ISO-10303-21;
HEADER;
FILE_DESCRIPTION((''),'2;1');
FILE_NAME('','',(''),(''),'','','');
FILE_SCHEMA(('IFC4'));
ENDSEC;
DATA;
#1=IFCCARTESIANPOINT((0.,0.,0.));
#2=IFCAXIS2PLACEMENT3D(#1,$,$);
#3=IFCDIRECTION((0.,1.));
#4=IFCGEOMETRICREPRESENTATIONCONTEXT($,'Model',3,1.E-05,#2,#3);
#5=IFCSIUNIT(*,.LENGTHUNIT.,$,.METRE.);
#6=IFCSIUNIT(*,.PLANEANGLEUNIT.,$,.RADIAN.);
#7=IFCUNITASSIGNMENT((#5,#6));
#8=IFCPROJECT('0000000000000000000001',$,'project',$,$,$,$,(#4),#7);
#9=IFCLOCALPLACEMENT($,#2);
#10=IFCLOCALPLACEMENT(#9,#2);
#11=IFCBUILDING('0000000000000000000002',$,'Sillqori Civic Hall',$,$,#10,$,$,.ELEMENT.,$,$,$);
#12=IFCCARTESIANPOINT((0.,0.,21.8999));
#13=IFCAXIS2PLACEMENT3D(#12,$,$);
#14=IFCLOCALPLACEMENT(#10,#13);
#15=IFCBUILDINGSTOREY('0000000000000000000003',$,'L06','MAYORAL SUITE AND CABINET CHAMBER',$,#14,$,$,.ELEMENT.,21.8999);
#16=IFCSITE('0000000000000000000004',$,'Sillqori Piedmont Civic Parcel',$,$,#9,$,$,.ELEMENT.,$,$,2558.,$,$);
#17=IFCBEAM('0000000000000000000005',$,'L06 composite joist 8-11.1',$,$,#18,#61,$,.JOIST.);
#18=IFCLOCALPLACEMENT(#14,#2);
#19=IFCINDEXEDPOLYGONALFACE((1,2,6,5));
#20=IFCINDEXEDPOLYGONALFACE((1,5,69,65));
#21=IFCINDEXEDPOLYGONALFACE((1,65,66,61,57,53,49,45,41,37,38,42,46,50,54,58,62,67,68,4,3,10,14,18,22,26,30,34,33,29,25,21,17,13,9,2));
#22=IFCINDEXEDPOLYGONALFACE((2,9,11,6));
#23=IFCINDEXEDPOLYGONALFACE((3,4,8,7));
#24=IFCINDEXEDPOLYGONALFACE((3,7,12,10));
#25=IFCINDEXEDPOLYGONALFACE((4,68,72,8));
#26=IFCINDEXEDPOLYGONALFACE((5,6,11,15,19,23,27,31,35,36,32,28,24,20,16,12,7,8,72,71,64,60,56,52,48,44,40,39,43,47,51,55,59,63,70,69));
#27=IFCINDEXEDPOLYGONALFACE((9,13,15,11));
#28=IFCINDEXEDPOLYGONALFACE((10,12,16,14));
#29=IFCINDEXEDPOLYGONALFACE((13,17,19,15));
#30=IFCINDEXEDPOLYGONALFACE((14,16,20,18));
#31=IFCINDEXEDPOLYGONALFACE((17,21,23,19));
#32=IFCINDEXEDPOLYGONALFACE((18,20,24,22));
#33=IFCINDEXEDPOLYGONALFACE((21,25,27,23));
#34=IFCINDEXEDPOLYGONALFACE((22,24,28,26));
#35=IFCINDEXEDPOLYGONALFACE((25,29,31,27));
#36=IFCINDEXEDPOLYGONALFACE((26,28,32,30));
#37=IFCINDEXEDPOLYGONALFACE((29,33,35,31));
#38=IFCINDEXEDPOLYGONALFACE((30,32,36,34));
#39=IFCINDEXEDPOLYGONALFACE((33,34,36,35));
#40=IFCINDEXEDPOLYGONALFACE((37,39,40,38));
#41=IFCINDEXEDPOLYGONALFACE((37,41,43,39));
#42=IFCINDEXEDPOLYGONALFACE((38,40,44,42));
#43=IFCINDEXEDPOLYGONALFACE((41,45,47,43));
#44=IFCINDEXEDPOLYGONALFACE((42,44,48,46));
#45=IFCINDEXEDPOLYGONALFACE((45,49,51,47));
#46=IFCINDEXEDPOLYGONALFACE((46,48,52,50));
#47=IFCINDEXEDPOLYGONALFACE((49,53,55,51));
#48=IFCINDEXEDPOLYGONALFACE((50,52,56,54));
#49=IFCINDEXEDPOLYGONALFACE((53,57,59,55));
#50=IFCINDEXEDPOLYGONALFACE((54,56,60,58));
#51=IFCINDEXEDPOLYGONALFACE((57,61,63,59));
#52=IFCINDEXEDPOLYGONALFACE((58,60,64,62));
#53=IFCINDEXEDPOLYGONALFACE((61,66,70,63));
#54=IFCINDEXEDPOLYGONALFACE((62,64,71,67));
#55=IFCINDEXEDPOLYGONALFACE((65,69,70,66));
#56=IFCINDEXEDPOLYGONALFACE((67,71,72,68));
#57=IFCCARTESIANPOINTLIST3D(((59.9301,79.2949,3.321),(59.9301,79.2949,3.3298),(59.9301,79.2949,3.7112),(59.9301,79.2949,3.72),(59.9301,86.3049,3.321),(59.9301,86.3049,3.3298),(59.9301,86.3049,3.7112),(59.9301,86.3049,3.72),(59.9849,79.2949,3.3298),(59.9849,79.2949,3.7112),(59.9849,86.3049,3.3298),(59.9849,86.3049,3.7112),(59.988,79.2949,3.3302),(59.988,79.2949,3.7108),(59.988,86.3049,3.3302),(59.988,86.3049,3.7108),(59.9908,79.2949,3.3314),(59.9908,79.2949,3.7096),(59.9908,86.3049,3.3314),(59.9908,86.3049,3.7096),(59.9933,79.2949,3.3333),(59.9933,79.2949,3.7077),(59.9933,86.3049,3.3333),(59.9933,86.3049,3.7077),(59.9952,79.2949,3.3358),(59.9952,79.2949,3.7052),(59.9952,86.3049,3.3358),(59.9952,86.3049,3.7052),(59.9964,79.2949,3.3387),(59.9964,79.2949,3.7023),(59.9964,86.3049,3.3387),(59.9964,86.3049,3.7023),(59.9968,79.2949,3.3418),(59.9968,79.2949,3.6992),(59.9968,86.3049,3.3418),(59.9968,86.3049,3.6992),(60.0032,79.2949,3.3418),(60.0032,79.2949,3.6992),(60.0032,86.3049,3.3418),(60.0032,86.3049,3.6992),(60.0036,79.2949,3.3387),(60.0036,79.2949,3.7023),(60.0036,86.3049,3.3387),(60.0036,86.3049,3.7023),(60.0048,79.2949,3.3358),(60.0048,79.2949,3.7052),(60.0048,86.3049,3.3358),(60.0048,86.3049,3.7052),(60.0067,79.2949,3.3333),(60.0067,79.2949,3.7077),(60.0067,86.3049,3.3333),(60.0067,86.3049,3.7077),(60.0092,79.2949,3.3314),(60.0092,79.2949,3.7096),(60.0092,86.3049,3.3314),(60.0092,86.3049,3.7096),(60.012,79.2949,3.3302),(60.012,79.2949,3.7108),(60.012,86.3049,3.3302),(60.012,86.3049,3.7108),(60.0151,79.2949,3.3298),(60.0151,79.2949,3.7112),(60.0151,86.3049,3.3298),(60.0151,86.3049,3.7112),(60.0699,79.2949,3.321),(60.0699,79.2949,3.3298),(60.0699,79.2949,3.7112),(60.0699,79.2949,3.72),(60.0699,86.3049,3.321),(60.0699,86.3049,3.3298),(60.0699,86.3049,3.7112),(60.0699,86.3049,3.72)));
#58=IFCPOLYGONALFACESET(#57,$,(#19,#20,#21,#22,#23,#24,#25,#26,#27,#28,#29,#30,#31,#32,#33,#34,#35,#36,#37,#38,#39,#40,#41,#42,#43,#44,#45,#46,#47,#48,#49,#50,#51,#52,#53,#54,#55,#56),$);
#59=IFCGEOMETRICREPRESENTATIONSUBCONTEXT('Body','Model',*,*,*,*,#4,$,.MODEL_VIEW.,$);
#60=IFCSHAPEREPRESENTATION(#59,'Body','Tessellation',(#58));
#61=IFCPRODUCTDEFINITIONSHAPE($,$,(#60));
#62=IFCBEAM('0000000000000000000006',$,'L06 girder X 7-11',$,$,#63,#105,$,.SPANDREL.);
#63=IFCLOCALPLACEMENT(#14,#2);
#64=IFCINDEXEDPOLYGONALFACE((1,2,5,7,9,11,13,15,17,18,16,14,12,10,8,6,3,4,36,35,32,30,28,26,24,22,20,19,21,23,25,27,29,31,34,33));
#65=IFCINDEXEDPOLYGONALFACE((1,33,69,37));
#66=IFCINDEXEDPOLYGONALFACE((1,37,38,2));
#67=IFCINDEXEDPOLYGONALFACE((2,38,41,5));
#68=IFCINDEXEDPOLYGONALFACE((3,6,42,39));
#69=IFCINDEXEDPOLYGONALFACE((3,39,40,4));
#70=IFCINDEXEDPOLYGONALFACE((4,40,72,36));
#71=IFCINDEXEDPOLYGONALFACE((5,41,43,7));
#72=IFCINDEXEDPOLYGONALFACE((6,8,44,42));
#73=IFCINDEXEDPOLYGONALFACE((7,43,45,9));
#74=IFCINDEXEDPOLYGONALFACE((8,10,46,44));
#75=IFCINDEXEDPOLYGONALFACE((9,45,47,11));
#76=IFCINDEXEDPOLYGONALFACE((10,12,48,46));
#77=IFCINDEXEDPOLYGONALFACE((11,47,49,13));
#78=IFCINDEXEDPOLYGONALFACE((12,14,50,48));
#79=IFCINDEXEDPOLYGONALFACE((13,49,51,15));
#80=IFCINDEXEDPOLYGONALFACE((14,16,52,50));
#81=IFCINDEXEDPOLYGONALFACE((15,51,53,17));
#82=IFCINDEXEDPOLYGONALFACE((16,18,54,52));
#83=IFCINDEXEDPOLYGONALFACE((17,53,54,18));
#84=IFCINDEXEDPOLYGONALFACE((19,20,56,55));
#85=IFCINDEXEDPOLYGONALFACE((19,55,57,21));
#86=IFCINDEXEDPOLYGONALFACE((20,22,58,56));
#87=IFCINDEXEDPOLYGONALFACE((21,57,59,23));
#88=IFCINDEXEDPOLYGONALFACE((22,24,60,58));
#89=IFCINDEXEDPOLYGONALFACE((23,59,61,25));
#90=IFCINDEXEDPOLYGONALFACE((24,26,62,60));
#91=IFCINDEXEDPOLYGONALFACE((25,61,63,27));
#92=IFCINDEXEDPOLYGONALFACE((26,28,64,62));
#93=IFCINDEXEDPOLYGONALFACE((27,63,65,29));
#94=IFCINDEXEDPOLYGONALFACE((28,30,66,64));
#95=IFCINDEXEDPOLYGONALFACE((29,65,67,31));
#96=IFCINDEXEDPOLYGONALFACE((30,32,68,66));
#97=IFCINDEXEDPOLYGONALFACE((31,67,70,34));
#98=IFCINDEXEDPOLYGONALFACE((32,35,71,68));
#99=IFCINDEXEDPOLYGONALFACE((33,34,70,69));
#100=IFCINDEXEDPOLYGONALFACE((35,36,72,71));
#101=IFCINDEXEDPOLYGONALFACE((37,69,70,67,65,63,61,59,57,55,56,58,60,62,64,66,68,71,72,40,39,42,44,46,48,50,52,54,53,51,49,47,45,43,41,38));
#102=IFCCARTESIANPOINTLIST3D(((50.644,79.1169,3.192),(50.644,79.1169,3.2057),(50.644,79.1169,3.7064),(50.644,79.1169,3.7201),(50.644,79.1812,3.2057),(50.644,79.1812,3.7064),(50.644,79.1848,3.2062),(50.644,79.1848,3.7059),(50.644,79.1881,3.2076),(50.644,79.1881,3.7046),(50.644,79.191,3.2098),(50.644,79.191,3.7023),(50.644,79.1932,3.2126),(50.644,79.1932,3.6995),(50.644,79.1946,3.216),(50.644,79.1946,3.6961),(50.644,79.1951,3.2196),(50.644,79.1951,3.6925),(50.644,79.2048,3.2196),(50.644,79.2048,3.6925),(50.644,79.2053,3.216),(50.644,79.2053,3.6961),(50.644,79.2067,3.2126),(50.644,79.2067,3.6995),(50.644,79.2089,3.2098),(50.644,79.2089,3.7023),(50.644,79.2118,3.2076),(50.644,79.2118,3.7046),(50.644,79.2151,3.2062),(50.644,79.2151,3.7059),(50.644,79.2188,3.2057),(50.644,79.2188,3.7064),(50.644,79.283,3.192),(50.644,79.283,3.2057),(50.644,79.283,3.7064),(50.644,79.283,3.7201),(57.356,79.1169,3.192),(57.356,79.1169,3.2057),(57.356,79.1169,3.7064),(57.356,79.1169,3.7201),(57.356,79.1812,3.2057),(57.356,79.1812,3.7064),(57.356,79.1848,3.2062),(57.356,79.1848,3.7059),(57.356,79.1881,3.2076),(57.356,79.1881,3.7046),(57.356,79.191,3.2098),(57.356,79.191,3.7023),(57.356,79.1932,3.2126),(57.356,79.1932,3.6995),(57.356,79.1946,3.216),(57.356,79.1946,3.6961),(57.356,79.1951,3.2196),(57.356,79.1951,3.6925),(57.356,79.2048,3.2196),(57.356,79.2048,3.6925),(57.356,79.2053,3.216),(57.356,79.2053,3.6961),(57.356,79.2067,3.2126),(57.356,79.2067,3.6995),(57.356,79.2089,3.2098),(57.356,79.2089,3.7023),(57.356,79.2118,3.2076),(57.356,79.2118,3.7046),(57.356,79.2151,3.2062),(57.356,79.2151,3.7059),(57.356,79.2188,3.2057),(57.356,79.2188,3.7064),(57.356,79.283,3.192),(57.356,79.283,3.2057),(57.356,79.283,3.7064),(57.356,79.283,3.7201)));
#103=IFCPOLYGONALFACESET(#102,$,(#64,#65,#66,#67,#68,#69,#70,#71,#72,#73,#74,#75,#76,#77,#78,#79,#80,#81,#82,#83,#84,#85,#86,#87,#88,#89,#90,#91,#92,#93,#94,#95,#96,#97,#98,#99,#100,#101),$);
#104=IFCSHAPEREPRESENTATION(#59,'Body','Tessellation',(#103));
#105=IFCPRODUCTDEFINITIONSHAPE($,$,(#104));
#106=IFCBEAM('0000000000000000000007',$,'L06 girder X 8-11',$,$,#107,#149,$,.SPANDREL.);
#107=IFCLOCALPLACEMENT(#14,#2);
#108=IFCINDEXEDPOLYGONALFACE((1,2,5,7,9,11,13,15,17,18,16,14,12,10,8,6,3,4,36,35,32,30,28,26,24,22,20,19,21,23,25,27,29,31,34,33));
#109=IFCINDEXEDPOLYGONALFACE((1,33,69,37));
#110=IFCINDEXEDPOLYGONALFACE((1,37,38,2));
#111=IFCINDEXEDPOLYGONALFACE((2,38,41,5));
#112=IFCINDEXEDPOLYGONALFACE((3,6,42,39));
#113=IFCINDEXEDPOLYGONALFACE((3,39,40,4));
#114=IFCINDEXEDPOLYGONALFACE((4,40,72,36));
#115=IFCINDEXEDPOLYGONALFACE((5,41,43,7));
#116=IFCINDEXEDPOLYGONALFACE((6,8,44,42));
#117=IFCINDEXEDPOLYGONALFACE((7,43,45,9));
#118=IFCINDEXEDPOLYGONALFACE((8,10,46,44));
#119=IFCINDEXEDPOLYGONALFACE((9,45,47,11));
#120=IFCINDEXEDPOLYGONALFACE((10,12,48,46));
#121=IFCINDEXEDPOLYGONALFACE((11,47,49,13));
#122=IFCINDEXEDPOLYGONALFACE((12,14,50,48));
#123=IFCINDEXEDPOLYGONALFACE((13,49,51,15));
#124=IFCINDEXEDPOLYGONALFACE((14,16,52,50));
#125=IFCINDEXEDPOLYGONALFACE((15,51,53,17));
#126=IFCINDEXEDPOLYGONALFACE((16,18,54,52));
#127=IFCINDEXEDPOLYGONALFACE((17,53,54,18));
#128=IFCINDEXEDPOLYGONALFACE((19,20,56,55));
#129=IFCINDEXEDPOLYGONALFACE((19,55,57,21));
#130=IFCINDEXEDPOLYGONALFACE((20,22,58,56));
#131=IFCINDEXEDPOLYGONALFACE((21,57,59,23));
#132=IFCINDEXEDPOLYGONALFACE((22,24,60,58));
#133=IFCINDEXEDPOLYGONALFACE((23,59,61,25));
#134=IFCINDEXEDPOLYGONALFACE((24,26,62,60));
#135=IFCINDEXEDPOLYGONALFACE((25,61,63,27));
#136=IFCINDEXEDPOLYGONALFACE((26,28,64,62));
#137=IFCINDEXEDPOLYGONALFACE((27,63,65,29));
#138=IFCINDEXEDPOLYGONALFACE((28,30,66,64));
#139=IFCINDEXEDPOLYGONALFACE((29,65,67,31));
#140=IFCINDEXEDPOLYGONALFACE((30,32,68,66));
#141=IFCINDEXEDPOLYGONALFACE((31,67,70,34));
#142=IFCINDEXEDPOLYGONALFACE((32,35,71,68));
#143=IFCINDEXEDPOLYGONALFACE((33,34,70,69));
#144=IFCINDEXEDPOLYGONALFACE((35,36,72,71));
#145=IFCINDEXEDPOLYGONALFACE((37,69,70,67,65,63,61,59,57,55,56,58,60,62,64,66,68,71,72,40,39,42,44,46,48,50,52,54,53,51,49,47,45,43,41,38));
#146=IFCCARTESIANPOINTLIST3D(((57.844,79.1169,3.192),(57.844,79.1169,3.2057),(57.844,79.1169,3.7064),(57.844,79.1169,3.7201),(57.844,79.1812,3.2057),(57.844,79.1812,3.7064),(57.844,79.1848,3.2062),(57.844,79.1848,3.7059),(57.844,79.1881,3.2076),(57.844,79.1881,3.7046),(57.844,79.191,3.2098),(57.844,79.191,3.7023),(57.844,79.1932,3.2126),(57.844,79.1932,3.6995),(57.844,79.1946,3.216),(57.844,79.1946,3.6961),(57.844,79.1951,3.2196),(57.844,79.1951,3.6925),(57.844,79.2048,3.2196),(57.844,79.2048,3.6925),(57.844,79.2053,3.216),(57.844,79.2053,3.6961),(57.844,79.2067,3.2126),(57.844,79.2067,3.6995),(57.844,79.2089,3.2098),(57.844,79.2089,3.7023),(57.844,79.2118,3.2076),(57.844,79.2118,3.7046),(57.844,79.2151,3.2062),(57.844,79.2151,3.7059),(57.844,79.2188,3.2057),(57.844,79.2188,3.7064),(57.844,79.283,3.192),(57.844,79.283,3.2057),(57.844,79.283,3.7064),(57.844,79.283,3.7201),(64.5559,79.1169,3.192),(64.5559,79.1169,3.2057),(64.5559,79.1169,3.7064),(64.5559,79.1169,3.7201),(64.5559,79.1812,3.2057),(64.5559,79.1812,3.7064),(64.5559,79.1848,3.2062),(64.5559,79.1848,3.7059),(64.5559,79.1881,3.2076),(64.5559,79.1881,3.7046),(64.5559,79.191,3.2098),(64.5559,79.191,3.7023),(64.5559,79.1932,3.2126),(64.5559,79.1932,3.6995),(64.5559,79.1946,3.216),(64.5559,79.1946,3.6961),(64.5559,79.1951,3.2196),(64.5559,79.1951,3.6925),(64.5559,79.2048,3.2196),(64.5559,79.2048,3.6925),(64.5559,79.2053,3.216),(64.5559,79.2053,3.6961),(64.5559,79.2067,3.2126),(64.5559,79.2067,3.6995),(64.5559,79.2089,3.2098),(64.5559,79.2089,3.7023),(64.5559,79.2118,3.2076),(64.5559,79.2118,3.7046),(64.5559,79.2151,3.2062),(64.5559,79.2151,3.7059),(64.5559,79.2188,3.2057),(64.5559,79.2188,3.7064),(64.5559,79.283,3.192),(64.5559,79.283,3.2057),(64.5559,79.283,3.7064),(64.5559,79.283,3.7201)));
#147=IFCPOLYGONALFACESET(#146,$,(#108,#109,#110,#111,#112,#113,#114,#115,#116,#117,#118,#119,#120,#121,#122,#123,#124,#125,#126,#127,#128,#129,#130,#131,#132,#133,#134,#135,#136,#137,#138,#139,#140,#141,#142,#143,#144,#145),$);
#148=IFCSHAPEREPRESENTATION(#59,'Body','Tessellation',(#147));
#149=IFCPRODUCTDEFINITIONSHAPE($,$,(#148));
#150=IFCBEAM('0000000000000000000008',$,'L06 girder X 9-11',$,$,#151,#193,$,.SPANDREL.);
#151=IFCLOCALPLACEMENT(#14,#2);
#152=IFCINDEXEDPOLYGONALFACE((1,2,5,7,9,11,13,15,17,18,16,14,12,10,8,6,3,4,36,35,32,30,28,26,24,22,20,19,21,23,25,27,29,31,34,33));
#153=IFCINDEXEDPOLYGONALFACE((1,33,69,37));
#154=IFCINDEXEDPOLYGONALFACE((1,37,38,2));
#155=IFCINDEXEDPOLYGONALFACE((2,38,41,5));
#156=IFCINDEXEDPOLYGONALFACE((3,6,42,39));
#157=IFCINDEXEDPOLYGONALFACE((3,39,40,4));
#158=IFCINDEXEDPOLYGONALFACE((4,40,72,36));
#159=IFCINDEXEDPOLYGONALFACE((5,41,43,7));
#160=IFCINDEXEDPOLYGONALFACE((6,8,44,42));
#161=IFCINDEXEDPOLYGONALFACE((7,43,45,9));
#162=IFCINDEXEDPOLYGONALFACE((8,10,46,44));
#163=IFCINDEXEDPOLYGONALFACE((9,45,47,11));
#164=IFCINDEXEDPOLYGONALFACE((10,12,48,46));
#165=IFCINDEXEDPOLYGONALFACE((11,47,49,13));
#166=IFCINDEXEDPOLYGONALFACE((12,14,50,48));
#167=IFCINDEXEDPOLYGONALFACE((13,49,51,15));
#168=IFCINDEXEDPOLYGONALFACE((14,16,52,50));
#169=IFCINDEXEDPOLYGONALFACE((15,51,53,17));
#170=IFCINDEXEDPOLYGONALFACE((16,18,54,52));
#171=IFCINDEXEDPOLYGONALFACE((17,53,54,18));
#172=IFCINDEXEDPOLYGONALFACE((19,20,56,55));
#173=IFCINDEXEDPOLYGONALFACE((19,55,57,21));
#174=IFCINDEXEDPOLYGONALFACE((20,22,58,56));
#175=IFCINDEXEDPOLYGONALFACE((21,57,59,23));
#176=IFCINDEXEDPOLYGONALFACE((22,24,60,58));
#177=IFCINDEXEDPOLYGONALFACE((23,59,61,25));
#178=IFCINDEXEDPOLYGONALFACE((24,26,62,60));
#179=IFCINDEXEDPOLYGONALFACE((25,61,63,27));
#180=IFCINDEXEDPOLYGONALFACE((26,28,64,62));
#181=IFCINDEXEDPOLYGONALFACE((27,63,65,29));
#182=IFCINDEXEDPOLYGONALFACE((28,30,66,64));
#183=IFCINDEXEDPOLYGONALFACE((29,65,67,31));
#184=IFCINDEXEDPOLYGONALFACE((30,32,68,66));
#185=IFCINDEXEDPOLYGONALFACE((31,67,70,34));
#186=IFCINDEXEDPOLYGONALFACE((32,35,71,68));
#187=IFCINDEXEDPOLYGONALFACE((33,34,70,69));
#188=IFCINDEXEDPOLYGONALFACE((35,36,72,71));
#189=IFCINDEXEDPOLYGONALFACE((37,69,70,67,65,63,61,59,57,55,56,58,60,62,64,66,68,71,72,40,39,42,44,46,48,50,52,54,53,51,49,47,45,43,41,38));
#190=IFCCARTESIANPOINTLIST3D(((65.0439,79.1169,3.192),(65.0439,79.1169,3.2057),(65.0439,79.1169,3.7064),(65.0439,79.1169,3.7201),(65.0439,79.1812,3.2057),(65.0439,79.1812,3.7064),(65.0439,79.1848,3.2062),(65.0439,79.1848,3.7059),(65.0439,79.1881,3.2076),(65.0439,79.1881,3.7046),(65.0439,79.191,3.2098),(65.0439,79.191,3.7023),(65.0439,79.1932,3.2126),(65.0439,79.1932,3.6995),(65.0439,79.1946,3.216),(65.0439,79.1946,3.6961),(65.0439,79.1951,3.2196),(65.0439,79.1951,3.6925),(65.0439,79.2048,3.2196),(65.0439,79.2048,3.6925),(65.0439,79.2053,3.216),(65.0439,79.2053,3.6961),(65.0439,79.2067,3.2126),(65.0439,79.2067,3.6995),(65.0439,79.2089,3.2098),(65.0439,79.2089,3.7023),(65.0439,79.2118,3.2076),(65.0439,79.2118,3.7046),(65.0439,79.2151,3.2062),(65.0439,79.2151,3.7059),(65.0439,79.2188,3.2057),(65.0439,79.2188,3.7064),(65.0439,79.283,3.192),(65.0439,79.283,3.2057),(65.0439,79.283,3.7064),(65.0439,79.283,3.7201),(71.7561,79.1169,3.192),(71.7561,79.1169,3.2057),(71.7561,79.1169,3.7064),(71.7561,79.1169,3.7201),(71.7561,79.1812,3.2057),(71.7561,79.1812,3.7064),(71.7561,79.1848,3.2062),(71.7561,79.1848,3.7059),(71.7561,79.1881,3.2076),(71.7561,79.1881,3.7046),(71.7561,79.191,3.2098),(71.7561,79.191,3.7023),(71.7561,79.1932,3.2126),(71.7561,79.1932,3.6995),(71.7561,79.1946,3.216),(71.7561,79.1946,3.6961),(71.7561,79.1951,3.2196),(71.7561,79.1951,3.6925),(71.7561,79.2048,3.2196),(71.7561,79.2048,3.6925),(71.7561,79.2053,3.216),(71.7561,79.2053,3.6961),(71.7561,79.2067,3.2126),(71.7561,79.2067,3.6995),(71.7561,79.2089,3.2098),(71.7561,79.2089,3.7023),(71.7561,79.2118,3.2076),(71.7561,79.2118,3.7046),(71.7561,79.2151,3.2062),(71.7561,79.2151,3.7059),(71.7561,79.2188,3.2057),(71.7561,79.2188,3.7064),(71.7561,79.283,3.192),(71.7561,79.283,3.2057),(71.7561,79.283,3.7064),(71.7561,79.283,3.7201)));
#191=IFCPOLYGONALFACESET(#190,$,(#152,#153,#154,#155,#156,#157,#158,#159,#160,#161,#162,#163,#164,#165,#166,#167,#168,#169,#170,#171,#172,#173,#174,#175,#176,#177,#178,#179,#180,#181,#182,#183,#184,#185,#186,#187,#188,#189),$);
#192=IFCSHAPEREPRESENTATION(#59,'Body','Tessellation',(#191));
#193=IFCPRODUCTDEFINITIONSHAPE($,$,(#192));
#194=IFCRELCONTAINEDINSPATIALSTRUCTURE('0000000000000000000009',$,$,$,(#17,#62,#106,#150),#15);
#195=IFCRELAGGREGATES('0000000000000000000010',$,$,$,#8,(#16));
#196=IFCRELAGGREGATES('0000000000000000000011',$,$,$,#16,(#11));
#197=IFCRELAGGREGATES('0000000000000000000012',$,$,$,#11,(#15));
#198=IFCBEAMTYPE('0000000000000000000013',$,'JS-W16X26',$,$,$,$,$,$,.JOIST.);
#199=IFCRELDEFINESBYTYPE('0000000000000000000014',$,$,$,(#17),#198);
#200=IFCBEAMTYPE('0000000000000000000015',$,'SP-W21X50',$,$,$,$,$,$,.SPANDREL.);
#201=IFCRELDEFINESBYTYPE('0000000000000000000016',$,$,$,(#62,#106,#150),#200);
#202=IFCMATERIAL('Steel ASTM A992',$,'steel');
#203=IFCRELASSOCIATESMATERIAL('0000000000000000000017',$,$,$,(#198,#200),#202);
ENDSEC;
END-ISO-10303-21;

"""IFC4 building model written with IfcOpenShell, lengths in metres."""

from ifc_helpers import new_model, si_unit, direction, frame, origin, origin_2d, place, context, subcontext, project, spatial, i_section, extrude, material, material_profile, profile_set, type_object, element, save


model = new_model("IFC4")

# Units and contexts
model_context = context("Model", 3, precision=1e-05, world=origin(), true_north=direction((0.0, 1.0)))
body_context = subcontext(model_context, "Body", "Model", "MODEL_VIEW")
ifc_project = project(units=[si_unit("LENGTHUNIT", "METRE"), si_unit("PLANEANGLEUNIT", "RADIAN")], contexts=[model_context])

# Site, building, storey
site_placement = place(None, origin())
site = spatial("IfcSite", under=ifc_project, at=site_placement, Name="Sillqori Piedmont Civic Parcel", CompositionType="ELEMENT", RefElevation=2558.0)
building_placement = place(site_placement, origin())
building = spatial("IfcBuilding", under=site, at=building_placement, Name="Sillqori Civic Hall", CompositionType="ELEMENT")
storey_placement = place(building_placement, frame((0.0, 0.0, 21.8999)))
storey = spatial("IfcBuildingStorey", under=building, at=storey_placement, Name="L06", Description="MAYORAL SUITE AND CABINET CHAMBER", CompositionType="ELEMENT", Elevation=21.8999)

# Beams
ifc_material_1 = material(Name="Steel ASTM A992", Category="steel")
ifc_material_profile_1 = material_profile(ifc_material_1, i_section(OverallWidth=0.1399, OverallDepth=0.3989, WebThickness=0.0063, FlangeThickness=0.0088, FilletRadius=0.012, at=origin_2d()), Name="W16X26")
ifc_profile_set_1 = profile_set([ifc_material_profile_1], Name="Steel ASTM A992")
beam_type_1 = type_object("IfcBeamType", Name="JS-W16X26", PredefinedType="JOIST", material=ifc_profile_set_1)
beam_1_placement = place(storey_placement, frame((60.0, 79.2949, 3.5205), z_axis=(0.0, 1.0, 0.0), x_axis=(-1.0, 0.0, 0.0)))
element("IfcBeam", 1, at=beam_1_placement, inside=storey, type_object=beam_type_1, Name="L06 composite joist 8-11.1", PredefinedType="JOIST", context=body_context, shape_type="SweptSolid", body=[
    extrude(i_section(OverallWidth=0.1399, OverallDepth=0.3989, WebThickness=0.0063, FlangeThickness=0.0088, FilletRadius=0.012, at=origin_2d()), origin(), (0.0, 0.0, 1.0), 7.01),
])
ifc_material_profile_2 = material_profile(ifc_material_1, i_section(OverallWidth=0.166, OverallDepth=0.5281, WebThickness=0.0098, FlangeThickness=0.0137, FilletRadius=0.0139, at=origin_2d()), Name="W21X50")
ifc_profile_set_2 = profile_set([ifc_material_profile_2], Name="Steel ASTM A992")
beam_type_2 = type_object("IfcBeamType", Name="SP-W21X50", PredefinedType="SPANDREL", material=ifc_profile_set_2)
for number, where, z_axis, x_axis, name in (
    (2, (50.644, 79.2, 3.4561), (1.0, 0.0, 0.0), (0.0, 1.0, 0.0), "L06 girder X 7-11"),
    (3, (57.844, 79.2, 3.4561), (1.0, 0.0, 0.0), (0.0, 1.0, 0.0), "L06 girder X 8-11"),
):
    element("IfcBeam", number, at=place(storey_placement, frame(where, z_axis=z_axis, x_axis=x_axis)), inside=storey, type_object=beam_type_2, Name=name, PredefinedType="SPANDREL", context=body_context, shape_type="SweptSolid", body=[
        extrude(i_section(OverallWidth=0.166, OverallDepth=0.5281, WebThickness=0.0098, FlangeThickness=0.0137, FilletRadius=0.0139, at=origin_2d()), origin(), (0.0, 0.0, 1.0), 6.7119),
    ])
beam_2_placement = place(storey_placement, frame((65.0439, 79.2, 3.4561), z_axis=(1.0, 0.0, 0.0), x_axis=(0.0, 1.0, 0.0)))
element("IfcBeam", 4, at=beam_2_placement, inside=storey, type_object=beam_type_2, Name="L06 girder X 9-11", PredefinedType="SPANDREL", context=body_context, shape_type="SweptSolid", body=[
    extrude(i_section(OverallWidth=0.166, OverallDepth=0.5281, WebThickness=0.0098, FlangeThickness=0.0137, FilletRadius=0.0139, at=origin_2d()), origin(), (0.0, 0.0, 1.0), 6.7122),
])

save(model, "model.ifc")
